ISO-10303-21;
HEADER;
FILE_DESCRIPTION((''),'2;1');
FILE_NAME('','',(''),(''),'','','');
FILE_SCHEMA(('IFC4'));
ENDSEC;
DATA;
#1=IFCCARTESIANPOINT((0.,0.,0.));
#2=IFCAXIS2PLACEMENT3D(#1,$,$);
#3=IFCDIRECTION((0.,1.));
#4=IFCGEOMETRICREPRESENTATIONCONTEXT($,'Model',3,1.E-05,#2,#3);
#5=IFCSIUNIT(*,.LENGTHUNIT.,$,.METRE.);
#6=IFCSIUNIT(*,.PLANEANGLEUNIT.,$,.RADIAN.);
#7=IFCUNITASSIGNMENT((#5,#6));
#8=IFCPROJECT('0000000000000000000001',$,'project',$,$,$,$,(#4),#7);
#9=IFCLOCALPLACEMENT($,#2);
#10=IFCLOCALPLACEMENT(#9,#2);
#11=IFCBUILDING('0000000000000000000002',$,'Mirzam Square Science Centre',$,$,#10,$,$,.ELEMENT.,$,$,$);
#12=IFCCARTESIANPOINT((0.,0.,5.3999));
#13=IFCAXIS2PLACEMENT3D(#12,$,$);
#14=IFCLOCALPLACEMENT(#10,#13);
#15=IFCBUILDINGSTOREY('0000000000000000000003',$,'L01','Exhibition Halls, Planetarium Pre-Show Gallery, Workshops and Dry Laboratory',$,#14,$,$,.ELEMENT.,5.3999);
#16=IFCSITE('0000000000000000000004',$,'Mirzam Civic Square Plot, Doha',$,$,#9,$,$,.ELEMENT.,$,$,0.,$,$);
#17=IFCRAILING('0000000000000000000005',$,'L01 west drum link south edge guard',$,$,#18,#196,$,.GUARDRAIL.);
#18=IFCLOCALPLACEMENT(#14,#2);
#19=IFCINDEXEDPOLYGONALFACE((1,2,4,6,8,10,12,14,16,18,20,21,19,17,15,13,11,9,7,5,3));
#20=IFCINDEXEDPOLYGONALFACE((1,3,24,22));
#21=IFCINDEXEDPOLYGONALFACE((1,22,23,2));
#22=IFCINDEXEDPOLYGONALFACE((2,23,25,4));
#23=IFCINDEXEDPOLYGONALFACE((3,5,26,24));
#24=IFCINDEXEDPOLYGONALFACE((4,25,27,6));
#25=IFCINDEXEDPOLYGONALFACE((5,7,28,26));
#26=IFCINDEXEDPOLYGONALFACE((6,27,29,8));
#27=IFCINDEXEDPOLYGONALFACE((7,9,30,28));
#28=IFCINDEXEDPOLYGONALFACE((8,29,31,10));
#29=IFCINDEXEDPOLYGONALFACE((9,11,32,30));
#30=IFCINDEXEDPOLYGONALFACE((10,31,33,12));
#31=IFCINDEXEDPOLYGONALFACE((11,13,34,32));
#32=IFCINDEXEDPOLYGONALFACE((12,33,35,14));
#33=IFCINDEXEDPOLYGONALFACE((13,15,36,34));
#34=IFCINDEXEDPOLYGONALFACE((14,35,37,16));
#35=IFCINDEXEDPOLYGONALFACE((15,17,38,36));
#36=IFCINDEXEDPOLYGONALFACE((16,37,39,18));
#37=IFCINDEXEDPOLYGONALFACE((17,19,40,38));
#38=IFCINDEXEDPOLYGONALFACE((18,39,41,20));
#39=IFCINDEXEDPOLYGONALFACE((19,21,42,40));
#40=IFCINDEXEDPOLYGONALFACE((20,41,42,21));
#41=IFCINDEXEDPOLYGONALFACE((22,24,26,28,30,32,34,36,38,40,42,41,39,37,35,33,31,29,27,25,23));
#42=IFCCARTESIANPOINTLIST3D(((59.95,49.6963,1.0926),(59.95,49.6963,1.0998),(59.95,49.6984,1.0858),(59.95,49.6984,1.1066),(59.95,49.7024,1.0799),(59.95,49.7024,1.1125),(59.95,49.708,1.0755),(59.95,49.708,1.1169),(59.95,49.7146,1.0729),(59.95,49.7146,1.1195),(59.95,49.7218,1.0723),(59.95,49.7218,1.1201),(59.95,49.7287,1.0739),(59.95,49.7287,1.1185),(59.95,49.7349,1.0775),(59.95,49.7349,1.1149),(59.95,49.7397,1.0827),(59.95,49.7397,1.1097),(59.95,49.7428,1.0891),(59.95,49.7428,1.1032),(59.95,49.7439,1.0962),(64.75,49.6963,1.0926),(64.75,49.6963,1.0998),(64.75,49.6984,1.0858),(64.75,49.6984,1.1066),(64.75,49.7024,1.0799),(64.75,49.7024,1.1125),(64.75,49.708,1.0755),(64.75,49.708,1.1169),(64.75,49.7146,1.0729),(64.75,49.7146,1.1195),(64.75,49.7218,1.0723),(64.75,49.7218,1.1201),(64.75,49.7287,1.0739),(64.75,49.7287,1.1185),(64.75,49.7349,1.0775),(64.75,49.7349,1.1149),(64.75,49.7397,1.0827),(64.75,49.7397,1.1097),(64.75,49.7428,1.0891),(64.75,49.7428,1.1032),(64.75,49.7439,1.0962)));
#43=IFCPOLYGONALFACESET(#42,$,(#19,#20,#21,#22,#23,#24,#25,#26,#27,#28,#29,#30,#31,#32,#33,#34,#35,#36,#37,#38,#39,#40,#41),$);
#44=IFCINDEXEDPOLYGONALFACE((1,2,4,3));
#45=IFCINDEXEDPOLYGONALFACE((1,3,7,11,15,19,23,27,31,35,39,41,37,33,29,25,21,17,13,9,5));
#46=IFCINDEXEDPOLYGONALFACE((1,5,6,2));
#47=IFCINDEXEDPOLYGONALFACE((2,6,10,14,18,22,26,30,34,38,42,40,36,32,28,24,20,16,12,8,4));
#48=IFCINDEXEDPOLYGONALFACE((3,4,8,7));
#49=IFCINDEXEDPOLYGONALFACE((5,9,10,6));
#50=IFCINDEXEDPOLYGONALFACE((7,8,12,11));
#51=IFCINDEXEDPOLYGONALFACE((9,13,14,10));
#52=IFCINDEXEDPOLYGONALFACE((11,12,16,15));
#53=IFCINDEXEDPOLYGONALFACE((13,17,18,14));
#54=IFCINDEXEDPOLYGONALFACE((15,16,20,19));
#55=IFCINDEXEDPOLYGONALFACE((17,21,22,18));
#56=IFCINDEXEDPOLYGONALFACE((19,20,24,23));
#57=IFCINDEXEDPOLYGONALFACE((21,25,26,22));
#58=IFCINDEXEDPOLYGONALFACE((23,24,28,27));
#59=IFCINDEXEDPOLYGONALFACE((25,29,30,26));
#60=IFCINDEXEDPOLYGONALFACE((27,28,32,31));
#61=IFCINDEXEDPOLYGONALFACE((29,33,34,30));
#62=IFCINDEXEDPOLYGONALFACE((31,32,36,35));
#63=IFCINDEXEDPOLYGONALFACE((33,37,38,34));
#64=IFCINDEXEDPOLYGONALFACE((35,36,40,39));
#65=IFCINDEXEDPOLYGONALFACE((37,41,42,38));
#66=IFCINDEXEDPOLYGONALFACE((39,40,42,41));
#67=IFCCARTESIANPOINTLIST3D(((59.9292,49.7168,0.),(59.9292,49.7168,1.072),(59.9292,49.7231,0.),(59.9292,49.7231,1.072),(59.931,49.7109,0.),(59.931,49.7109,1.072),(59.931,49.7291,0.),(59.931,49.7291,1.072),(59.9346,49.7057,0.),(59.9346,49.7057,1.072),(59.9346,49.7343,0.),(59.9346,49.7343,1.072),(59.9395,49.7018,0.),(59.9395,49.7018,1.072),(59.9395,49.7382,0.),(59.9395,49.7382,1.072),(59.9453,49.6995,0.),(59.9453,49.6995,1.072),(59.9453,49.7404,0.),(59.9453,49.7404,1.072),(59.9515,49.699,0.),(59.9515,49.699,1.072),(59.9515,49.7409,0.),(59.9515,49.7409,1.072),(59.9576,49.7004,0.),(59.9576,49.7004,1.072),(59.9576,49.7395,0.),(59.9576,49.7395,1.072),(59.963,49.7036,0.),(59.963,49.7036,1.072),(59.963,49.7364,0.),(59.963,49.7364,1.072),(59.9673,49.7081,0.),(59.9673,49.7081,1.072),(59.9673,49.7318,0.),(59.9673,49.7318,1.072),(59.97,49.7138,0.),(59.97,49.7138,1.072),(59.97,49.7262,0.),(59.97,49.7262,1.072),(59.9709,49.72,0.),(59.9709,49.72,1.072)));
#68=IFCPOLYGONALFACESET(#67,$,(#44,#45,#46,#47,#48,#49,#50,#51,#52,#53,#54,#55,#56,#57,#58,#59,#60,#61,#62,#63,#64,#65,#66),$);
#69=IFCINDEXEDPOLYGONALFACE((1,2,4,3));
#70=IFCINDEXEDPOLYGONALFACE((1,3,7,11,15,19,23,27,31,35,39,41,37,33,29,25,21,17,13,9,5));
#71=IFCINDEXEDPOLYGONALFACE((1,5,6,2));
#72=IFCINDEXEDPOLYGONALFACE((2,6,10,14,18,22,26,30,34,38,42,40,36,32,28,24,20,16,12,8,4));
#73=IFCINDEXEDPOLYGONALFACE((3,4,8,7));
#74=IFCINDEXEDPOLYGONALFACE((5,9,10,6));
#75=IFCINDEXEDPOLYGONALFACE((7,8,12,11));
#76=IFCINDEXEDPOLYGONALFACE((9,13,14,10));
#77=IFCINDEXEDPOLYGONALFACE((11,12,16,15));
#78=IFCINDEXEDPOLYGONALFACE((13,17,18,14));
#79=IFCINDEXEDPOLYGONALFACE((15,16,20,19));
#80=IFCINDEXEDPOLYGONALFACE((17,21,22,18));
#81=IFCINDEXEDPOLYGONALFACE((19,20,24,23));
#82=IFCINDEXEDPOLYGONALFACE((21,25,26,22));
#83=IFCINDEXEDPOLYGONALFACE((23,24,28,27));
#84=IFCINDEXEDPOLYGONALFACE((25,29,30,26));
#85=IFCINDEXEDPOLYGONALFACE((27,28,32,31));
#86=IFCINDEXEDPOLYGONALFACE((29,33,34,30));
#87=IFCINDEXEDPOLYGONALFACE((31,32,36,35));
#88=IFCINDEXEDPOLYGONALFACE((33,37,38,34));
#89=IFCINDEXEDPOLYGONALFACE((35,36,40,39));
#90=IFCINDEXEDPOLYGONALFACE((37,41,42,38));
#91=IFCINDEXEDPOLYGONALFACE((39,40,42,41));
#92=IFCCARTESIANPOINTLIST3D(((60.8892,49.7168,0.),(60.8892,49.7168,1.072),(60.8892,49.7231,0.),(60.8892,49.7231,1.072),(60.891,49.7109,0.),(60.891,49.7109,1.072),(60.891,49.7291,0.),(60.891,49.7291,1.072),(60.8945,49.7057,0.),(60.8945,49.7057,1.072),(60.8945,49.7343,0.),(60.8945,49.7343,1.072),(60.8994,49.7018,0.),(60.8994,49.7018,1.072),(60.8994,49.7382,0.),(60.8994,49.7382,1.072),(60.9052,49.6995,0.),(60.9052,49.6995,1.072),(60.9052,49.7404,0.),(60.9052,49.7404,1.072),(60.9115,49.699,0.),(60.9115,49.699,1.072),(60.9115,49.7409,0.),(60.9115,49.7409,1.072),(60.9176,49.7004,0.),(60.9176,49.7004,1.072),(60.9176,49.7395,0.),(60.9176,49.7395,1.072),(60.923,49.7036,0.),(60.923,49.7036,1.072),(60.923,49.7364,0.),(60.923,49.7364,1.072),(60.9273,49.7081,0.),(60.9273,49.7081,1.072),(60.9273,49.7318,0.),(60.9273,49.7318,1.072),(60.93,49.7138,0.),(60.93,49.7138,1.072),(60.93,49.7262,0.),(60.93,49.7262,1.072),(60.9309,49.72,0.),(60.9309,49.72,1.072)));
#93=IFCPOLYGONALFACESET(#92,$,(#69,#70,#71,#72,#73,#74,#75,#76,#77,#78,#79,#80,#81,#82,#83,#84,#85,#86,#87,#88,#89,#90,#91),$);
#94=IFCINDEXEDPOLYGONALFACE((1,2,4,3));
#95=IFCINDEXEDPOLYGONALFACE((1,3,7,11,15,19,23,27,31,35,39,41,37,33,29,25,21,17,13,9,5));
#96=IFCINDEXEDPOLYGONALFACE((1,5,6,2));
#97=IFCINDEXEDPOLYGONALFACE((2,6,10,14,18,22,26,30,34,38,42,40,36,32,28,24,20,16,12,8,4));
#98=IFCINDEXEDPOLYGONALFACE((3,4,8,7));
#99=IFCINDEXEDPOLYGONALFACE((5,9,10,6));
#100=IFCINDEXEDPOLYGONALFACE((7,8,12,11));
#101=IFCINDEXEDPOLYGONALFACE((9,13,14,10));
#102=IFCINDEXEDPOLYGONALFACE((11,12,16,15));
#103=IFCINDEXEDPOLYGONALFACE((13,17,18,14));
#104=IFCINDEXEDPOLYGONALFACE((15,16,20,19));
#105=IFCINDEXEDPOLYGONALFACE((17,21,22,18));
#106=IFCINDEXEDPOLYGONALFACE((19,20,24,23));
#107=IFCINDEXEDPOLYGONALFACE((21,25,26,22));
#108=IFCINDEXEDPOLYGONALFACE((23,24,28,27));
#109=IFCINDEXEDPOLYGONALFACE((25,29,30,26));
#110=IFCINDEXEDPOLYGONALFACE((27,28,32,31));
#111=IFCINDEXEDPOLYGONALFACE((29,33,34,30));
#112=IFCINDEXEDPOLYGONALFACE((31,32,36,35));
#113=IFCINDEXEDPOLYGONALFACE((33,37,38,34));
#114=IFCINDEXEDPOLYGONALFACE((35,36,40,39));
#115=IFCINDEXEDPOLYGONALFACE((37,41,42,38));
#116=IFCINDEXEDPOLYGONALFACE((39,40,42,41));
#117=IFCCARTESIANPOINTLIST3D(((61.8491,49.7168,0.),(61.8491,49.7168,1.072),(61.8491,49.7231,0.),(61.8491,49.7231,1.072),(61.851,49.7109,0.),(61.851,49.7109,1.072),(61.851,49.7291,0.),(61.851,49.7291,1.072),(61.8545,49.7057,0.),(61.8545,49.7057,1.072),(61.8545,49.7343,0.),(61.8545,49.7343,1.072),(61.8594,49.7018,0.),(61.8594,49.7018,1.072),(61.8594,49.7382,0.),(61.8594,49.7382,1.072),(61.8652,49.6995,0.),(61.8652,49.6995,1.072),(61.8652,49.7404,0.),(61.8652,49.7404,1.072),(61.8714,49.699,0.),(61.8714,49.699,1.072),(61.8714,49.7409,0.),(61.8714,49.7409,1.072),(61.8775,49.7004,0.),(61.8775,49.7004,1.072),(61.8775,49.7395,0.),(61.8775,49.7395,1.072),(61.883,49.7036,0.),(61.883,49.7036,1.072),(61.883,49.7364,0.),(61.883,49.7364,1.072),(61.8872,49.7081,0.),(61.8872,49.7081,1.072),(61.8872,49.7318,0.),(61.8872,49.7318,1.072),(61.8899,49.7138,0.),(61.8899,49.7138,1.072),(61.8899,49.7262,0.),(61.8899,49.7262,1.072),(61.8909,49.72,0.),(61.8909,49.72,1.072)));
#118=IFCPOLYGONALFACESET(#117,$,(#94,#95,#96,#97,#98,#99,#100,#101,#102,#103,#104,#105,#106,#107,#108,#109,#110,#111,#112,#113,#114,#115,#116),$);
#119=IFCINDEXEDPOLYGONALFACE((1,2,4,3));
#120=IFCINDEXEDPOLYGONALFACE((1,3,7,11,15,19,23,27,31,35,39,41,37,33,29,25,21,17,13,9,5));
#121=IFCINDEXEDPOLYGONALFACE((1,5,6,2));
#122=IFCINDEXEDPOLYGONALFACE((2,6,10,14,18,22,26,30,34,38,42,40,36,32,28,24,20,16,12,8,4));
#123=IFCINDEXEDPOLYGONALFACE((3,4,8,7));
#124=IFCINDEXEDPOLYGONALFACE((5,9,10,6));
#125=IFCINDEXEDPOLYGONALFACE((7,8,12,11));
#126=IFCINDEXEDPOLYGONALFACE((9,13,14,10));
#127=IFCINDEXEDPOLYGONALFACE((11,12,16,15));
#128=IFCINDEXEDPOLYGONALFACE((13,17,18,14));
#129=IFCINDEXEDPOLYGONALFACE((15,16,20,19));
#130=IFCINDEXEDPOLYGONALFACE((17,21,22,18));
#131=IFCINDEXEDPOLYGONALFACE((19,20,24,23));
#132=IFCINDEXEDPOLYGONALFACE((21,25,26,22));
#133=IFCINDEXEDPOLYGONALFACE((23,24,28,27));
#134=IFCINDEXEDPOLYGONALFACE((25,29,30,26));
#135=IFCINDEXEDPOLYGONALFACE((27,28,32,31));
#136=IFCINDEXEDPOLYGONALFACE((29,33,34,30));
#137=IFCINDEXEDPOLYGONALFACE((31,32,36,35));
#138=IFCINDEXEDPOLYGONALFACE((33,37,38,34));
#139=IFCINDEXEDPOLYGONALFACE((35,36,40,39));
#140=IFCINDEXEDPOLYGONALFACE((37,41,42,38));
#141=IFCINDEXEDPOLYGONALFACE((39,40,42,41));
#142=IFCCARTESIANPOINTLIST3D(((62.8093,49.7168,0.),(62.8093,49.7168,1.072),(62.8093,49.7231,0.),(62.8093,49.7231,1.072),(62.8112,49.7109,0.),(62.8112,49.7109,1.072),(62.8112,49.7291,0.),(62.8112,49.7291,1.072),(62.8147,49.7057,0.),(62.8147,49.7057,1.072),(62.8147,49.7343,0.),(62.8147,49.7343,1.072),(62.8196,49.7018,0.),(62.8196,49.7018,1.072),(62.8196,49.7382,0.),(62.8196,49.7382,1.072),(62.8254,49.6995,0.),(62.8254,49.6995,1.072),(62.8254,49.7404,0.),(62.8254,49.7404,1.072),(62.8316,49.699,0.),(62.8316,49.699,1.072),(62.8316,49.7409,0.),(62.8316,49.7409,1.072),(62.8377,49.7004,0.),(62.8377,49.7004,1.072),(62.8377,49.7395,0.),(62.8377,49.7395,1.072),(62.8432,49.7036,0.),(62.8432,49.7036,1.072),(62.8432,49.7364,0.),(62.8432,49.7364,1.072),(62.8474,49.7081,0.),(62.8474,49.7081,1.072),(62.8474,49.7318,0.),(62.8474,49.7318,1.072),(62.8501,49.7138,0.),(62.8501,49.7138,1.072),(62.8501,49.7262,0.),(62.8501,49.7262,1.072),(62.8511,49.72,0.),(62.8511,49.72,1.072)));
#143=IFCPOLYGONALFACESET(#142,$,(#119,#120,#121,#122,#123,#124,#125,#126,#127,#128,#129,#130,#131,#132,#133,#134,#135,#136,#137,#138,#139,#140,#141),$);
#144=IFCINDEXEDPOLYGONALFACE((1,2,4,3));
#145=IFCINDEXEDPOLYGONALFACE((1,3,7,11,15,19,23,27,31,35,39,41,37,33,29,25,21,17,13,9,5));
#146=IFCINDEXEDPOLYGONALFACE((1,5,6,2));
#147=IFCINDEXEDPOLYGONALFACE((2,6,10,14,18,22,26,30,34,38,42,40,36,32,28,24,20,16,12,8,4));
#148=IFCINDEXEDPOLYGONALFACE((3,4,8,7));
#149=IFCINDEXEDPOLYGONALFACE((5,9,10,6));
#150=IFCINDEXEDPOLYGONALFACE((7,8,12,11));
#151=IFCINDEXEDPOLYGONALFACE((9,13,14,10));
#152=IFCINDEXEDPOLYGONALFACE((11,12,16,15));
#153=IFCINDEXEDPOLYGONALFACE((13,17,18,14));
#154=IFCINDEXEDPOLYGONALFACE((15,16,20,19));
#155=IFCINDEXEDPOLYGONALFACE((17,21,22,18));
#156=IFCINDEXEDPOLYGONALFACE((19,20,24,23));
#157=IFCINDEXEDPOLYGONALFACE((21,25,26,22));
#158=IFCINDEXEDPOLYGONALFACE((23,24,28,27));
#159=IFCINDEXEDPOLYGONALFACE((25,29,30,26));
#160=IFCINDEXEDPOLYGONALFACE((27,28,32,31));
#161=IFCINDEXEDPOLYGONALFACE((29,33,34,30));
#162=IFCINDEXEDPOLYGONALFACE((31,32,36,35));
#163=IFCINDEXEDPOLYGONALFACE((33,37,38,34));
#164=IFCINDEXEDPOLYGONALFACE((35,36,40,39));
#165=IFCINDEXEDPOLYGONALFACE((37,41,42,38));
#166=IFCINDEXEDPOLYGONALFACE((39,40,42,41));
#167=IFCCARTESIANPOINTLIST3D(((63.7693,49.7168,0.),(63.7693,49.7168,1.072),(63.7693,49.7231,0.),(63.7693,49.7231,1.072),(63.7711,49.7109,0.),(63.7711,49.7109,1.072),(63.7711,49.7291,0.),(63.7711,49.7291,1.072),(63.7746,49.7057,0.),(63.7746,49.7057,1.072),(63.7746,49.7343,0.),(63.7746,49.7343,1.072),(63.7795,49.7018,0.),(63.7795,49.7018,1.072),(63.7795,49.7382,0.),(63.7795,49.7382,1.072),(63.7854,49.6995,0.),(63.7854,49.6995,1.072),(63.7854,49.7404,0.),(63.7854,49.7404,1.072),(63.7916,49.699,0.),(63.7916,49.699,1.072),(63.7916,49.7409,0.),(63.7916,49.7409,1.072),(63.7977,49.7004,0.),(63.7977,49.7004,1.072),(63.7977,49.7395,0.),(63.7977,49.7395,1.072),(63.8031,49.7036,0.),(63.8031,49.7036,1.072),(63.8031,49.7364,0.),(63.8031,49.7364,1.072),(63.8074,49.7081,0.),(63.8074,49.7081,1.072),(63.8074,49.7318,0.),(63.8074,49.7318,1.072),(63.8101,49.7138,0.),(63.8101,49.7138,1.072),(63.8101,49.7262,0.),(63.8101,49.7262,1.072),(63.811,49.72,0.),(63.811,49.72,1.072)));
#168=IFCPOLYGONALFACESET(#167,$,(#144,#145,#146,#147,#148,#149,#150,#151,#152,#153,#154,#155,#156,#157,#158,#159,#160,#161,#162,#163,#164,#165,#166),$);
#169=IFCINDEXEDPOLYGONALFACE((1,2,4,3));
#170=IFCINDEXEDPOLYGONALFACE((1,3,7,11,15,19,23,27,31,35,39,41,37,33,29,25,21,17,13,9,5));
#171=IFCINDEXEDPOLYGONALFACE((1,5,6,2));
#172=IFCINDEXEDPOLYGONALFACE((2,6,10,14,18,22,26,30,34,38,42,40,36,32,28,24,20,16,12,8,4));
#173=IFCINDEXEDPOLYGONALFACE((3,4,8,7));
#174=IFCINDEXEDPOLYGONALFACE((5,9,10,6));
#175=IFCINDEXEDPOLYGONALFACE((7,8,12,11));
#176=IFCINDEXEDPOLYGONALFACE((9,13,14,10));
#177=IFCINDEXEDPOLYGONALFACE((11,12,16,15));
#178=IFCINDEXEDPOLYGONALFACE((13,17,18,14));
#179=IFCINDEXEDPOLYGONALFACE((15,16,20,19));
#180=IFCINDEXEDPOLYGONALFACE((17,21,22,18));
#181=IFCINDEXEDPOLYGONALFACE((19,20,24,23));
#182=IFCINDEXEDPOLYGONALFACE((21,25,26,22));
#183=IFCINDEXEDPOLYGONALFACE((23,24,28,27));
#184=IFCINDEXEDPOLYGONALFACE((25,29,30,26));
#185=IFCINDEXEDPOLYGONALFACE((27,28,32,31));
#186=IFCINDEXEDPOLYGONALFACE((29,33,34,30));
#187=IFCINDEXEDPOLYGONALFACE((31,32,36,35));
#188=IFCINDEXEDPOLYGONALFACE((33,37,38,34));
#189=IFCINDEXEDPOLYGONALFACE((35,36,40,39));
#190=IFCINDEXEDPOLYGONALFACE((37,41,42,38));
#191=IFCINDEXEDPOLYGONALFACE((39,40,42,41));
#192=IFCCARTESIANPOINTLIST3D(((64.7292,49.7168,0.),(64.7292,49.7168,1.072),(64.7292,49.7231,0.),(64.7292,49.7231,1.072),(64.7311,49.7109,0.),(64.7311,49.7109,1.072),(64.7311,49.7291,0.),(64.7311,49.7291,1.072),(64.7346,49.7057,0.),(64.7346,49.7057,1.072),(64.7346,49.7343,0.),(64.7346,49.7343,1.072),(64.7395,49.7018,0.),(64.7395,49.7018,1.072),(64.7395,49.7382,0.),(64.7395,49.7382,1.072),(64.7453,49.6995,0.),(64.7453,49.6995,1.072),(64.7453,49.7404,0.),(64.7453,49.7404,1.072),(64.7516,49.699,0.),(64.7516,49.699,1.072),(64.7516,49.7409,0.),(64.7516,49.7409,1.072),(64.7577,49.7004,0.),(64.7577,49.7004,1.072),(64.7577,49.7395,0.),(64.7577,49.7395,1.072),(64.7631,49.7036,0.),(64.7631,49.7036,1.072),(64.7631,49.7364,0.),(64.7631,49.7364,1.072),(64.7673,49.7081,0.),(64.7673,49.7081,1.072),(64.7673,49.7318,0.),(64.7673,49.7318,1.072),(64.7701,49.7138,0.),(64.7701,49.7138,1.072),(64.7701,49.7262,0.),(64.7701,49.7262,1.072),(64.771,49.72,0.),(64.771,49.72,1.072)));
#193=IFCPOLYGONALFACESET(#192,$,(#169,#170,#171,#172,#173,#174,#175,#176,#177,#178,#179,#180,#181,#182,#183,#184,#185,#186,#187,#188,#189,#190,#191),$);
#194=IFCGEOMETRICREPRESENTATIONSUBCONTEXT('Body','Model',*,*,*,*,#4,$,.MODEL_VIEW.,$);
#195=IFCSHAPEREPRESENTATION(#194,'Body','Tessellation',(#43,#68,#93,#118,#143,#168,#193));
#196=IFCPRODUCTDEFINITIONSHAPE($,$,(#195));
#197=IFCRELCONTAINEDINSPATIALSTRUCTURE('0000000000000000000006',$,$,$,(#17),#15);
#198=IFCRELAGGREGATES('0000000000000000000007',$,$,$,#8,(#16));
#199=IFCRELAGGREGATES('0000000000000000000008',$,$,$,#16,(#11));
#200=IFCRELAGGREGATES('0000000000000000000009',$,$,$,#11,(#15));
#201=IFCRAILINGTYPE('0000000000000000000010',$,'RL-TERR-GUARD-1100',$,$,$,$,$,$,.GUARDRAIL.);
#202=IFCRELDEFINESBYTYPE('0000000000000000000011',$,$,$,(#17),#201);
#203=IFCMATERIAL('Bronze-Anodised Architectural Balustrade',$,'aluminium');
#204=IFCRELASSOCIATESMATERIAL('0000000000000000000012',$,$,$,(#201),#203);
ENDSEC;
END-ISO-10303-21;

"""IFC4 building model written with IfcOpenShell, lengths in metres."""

from ifc_helpers import new_model, si_unit, direction, frame, origin, origin_2d, place, context, subcontext, project, spatial, circle, extrude, material, type_object, element, save


model = new_model("IFC4")

# Units and contexts
model_context = context("Model", 3, precision=1e-05, world=origin(), true_north=direction((0.0, 1.0)))
body_context = subcontext(model_context, "Body", "Model", "MODEL_VIEW")
ifc_project = project(units=[si_unit("LENGTHUNIT", "METRE"), si_unit("PLANEANGLEUNIT", "RADIAN")], contexts=[model_context])

# Site, building, storey
site_placement = place(None, origin())
site = spatial("IfcSite", under=ifc_project, at=site_placement, Name="Mirzam Civic Square Plot, Doha", CompositionType="ELEMENT", RefElevation=0.0)
building_placement = place(site_placement, origin())
building = spatial("IfcBuilding", under=site, at=building_placement, Name="Mirzam Square Science Centre", CompositionType="ELEMENT")
storey_placement = place(building_placement, frame((0.0, 0.0, 5.3999)))
storey = spatial("IfcBuildingStorey", under=building, at=storey_placement, Name="L01", Description="Exhibition Halls, Planetarium Pre-Show Gallery, Workshops and Dry Laboratory", CompositionType="ELEMENT", Elevation=5.3999)

# Railing
ifc_material_1 = material(Name="Bronze-Anodised Architectural Balustrade", Category="aluminium")
railing_type = type_object("IfcRailingType", Name="RL-TERR-GUARD-1100", PredefinedType="GUARDRAIL", material=ifc_material_1)
railing_placement = place(storey_placement, frame((59.95, 49.72, 0.0)))
element("IfcRailing", 1, at=railing_placement, inside=storey, type_object=railing_type, Name="L01 west drum link south edge guard", PredefinedType="GUARDRAIL", context=body_context, shape_type="SweptSolid", body=[
    extrude(circle(Radius=0.0239, at=origin_2d()), frame((0.0, 0.0, 1.0962), z_axis=(1.0, 0.0, 0.0), x_axis=(0.0, 1.0, 0.0)), (0.0, 0.0, 1.0), 4.8),
    extrude(circle(Radius=0.021, at=origin_2d()), origin(), (0.0, 0.0, 1.0), 1.072),
    extrude(circle(Radius=0.021, at=origin_2d()), frame((0.96, 0.0, 0.0)), (0.0, 0.0, 1.0), 1.072),
    extrude(circle(Radius=0.021, at=origin_2d()), frame((1.9199, 0.0, 0.0)), (0.0, 0.0, 1.0), 1.072),
    extrude(circle(Radius=0.021, at=origin_2d()), frame((2.8801, 0.0, 0.0)), (0.0, 0.0, 1.0), 1.072),
    extrude(circle(Radius=0.021, at=origin_2d()), frame((3.8401, 0.0, 0.0)), (0.0, 0.0, 1.0), 1.072),
    extrude(circle(Radius=0.021, at=origin_2d()), frame((4.8, 0.0, 0.0)), (0.0, 0.0, 1.0), 1.072),
])

save(model, "model.ifc")
